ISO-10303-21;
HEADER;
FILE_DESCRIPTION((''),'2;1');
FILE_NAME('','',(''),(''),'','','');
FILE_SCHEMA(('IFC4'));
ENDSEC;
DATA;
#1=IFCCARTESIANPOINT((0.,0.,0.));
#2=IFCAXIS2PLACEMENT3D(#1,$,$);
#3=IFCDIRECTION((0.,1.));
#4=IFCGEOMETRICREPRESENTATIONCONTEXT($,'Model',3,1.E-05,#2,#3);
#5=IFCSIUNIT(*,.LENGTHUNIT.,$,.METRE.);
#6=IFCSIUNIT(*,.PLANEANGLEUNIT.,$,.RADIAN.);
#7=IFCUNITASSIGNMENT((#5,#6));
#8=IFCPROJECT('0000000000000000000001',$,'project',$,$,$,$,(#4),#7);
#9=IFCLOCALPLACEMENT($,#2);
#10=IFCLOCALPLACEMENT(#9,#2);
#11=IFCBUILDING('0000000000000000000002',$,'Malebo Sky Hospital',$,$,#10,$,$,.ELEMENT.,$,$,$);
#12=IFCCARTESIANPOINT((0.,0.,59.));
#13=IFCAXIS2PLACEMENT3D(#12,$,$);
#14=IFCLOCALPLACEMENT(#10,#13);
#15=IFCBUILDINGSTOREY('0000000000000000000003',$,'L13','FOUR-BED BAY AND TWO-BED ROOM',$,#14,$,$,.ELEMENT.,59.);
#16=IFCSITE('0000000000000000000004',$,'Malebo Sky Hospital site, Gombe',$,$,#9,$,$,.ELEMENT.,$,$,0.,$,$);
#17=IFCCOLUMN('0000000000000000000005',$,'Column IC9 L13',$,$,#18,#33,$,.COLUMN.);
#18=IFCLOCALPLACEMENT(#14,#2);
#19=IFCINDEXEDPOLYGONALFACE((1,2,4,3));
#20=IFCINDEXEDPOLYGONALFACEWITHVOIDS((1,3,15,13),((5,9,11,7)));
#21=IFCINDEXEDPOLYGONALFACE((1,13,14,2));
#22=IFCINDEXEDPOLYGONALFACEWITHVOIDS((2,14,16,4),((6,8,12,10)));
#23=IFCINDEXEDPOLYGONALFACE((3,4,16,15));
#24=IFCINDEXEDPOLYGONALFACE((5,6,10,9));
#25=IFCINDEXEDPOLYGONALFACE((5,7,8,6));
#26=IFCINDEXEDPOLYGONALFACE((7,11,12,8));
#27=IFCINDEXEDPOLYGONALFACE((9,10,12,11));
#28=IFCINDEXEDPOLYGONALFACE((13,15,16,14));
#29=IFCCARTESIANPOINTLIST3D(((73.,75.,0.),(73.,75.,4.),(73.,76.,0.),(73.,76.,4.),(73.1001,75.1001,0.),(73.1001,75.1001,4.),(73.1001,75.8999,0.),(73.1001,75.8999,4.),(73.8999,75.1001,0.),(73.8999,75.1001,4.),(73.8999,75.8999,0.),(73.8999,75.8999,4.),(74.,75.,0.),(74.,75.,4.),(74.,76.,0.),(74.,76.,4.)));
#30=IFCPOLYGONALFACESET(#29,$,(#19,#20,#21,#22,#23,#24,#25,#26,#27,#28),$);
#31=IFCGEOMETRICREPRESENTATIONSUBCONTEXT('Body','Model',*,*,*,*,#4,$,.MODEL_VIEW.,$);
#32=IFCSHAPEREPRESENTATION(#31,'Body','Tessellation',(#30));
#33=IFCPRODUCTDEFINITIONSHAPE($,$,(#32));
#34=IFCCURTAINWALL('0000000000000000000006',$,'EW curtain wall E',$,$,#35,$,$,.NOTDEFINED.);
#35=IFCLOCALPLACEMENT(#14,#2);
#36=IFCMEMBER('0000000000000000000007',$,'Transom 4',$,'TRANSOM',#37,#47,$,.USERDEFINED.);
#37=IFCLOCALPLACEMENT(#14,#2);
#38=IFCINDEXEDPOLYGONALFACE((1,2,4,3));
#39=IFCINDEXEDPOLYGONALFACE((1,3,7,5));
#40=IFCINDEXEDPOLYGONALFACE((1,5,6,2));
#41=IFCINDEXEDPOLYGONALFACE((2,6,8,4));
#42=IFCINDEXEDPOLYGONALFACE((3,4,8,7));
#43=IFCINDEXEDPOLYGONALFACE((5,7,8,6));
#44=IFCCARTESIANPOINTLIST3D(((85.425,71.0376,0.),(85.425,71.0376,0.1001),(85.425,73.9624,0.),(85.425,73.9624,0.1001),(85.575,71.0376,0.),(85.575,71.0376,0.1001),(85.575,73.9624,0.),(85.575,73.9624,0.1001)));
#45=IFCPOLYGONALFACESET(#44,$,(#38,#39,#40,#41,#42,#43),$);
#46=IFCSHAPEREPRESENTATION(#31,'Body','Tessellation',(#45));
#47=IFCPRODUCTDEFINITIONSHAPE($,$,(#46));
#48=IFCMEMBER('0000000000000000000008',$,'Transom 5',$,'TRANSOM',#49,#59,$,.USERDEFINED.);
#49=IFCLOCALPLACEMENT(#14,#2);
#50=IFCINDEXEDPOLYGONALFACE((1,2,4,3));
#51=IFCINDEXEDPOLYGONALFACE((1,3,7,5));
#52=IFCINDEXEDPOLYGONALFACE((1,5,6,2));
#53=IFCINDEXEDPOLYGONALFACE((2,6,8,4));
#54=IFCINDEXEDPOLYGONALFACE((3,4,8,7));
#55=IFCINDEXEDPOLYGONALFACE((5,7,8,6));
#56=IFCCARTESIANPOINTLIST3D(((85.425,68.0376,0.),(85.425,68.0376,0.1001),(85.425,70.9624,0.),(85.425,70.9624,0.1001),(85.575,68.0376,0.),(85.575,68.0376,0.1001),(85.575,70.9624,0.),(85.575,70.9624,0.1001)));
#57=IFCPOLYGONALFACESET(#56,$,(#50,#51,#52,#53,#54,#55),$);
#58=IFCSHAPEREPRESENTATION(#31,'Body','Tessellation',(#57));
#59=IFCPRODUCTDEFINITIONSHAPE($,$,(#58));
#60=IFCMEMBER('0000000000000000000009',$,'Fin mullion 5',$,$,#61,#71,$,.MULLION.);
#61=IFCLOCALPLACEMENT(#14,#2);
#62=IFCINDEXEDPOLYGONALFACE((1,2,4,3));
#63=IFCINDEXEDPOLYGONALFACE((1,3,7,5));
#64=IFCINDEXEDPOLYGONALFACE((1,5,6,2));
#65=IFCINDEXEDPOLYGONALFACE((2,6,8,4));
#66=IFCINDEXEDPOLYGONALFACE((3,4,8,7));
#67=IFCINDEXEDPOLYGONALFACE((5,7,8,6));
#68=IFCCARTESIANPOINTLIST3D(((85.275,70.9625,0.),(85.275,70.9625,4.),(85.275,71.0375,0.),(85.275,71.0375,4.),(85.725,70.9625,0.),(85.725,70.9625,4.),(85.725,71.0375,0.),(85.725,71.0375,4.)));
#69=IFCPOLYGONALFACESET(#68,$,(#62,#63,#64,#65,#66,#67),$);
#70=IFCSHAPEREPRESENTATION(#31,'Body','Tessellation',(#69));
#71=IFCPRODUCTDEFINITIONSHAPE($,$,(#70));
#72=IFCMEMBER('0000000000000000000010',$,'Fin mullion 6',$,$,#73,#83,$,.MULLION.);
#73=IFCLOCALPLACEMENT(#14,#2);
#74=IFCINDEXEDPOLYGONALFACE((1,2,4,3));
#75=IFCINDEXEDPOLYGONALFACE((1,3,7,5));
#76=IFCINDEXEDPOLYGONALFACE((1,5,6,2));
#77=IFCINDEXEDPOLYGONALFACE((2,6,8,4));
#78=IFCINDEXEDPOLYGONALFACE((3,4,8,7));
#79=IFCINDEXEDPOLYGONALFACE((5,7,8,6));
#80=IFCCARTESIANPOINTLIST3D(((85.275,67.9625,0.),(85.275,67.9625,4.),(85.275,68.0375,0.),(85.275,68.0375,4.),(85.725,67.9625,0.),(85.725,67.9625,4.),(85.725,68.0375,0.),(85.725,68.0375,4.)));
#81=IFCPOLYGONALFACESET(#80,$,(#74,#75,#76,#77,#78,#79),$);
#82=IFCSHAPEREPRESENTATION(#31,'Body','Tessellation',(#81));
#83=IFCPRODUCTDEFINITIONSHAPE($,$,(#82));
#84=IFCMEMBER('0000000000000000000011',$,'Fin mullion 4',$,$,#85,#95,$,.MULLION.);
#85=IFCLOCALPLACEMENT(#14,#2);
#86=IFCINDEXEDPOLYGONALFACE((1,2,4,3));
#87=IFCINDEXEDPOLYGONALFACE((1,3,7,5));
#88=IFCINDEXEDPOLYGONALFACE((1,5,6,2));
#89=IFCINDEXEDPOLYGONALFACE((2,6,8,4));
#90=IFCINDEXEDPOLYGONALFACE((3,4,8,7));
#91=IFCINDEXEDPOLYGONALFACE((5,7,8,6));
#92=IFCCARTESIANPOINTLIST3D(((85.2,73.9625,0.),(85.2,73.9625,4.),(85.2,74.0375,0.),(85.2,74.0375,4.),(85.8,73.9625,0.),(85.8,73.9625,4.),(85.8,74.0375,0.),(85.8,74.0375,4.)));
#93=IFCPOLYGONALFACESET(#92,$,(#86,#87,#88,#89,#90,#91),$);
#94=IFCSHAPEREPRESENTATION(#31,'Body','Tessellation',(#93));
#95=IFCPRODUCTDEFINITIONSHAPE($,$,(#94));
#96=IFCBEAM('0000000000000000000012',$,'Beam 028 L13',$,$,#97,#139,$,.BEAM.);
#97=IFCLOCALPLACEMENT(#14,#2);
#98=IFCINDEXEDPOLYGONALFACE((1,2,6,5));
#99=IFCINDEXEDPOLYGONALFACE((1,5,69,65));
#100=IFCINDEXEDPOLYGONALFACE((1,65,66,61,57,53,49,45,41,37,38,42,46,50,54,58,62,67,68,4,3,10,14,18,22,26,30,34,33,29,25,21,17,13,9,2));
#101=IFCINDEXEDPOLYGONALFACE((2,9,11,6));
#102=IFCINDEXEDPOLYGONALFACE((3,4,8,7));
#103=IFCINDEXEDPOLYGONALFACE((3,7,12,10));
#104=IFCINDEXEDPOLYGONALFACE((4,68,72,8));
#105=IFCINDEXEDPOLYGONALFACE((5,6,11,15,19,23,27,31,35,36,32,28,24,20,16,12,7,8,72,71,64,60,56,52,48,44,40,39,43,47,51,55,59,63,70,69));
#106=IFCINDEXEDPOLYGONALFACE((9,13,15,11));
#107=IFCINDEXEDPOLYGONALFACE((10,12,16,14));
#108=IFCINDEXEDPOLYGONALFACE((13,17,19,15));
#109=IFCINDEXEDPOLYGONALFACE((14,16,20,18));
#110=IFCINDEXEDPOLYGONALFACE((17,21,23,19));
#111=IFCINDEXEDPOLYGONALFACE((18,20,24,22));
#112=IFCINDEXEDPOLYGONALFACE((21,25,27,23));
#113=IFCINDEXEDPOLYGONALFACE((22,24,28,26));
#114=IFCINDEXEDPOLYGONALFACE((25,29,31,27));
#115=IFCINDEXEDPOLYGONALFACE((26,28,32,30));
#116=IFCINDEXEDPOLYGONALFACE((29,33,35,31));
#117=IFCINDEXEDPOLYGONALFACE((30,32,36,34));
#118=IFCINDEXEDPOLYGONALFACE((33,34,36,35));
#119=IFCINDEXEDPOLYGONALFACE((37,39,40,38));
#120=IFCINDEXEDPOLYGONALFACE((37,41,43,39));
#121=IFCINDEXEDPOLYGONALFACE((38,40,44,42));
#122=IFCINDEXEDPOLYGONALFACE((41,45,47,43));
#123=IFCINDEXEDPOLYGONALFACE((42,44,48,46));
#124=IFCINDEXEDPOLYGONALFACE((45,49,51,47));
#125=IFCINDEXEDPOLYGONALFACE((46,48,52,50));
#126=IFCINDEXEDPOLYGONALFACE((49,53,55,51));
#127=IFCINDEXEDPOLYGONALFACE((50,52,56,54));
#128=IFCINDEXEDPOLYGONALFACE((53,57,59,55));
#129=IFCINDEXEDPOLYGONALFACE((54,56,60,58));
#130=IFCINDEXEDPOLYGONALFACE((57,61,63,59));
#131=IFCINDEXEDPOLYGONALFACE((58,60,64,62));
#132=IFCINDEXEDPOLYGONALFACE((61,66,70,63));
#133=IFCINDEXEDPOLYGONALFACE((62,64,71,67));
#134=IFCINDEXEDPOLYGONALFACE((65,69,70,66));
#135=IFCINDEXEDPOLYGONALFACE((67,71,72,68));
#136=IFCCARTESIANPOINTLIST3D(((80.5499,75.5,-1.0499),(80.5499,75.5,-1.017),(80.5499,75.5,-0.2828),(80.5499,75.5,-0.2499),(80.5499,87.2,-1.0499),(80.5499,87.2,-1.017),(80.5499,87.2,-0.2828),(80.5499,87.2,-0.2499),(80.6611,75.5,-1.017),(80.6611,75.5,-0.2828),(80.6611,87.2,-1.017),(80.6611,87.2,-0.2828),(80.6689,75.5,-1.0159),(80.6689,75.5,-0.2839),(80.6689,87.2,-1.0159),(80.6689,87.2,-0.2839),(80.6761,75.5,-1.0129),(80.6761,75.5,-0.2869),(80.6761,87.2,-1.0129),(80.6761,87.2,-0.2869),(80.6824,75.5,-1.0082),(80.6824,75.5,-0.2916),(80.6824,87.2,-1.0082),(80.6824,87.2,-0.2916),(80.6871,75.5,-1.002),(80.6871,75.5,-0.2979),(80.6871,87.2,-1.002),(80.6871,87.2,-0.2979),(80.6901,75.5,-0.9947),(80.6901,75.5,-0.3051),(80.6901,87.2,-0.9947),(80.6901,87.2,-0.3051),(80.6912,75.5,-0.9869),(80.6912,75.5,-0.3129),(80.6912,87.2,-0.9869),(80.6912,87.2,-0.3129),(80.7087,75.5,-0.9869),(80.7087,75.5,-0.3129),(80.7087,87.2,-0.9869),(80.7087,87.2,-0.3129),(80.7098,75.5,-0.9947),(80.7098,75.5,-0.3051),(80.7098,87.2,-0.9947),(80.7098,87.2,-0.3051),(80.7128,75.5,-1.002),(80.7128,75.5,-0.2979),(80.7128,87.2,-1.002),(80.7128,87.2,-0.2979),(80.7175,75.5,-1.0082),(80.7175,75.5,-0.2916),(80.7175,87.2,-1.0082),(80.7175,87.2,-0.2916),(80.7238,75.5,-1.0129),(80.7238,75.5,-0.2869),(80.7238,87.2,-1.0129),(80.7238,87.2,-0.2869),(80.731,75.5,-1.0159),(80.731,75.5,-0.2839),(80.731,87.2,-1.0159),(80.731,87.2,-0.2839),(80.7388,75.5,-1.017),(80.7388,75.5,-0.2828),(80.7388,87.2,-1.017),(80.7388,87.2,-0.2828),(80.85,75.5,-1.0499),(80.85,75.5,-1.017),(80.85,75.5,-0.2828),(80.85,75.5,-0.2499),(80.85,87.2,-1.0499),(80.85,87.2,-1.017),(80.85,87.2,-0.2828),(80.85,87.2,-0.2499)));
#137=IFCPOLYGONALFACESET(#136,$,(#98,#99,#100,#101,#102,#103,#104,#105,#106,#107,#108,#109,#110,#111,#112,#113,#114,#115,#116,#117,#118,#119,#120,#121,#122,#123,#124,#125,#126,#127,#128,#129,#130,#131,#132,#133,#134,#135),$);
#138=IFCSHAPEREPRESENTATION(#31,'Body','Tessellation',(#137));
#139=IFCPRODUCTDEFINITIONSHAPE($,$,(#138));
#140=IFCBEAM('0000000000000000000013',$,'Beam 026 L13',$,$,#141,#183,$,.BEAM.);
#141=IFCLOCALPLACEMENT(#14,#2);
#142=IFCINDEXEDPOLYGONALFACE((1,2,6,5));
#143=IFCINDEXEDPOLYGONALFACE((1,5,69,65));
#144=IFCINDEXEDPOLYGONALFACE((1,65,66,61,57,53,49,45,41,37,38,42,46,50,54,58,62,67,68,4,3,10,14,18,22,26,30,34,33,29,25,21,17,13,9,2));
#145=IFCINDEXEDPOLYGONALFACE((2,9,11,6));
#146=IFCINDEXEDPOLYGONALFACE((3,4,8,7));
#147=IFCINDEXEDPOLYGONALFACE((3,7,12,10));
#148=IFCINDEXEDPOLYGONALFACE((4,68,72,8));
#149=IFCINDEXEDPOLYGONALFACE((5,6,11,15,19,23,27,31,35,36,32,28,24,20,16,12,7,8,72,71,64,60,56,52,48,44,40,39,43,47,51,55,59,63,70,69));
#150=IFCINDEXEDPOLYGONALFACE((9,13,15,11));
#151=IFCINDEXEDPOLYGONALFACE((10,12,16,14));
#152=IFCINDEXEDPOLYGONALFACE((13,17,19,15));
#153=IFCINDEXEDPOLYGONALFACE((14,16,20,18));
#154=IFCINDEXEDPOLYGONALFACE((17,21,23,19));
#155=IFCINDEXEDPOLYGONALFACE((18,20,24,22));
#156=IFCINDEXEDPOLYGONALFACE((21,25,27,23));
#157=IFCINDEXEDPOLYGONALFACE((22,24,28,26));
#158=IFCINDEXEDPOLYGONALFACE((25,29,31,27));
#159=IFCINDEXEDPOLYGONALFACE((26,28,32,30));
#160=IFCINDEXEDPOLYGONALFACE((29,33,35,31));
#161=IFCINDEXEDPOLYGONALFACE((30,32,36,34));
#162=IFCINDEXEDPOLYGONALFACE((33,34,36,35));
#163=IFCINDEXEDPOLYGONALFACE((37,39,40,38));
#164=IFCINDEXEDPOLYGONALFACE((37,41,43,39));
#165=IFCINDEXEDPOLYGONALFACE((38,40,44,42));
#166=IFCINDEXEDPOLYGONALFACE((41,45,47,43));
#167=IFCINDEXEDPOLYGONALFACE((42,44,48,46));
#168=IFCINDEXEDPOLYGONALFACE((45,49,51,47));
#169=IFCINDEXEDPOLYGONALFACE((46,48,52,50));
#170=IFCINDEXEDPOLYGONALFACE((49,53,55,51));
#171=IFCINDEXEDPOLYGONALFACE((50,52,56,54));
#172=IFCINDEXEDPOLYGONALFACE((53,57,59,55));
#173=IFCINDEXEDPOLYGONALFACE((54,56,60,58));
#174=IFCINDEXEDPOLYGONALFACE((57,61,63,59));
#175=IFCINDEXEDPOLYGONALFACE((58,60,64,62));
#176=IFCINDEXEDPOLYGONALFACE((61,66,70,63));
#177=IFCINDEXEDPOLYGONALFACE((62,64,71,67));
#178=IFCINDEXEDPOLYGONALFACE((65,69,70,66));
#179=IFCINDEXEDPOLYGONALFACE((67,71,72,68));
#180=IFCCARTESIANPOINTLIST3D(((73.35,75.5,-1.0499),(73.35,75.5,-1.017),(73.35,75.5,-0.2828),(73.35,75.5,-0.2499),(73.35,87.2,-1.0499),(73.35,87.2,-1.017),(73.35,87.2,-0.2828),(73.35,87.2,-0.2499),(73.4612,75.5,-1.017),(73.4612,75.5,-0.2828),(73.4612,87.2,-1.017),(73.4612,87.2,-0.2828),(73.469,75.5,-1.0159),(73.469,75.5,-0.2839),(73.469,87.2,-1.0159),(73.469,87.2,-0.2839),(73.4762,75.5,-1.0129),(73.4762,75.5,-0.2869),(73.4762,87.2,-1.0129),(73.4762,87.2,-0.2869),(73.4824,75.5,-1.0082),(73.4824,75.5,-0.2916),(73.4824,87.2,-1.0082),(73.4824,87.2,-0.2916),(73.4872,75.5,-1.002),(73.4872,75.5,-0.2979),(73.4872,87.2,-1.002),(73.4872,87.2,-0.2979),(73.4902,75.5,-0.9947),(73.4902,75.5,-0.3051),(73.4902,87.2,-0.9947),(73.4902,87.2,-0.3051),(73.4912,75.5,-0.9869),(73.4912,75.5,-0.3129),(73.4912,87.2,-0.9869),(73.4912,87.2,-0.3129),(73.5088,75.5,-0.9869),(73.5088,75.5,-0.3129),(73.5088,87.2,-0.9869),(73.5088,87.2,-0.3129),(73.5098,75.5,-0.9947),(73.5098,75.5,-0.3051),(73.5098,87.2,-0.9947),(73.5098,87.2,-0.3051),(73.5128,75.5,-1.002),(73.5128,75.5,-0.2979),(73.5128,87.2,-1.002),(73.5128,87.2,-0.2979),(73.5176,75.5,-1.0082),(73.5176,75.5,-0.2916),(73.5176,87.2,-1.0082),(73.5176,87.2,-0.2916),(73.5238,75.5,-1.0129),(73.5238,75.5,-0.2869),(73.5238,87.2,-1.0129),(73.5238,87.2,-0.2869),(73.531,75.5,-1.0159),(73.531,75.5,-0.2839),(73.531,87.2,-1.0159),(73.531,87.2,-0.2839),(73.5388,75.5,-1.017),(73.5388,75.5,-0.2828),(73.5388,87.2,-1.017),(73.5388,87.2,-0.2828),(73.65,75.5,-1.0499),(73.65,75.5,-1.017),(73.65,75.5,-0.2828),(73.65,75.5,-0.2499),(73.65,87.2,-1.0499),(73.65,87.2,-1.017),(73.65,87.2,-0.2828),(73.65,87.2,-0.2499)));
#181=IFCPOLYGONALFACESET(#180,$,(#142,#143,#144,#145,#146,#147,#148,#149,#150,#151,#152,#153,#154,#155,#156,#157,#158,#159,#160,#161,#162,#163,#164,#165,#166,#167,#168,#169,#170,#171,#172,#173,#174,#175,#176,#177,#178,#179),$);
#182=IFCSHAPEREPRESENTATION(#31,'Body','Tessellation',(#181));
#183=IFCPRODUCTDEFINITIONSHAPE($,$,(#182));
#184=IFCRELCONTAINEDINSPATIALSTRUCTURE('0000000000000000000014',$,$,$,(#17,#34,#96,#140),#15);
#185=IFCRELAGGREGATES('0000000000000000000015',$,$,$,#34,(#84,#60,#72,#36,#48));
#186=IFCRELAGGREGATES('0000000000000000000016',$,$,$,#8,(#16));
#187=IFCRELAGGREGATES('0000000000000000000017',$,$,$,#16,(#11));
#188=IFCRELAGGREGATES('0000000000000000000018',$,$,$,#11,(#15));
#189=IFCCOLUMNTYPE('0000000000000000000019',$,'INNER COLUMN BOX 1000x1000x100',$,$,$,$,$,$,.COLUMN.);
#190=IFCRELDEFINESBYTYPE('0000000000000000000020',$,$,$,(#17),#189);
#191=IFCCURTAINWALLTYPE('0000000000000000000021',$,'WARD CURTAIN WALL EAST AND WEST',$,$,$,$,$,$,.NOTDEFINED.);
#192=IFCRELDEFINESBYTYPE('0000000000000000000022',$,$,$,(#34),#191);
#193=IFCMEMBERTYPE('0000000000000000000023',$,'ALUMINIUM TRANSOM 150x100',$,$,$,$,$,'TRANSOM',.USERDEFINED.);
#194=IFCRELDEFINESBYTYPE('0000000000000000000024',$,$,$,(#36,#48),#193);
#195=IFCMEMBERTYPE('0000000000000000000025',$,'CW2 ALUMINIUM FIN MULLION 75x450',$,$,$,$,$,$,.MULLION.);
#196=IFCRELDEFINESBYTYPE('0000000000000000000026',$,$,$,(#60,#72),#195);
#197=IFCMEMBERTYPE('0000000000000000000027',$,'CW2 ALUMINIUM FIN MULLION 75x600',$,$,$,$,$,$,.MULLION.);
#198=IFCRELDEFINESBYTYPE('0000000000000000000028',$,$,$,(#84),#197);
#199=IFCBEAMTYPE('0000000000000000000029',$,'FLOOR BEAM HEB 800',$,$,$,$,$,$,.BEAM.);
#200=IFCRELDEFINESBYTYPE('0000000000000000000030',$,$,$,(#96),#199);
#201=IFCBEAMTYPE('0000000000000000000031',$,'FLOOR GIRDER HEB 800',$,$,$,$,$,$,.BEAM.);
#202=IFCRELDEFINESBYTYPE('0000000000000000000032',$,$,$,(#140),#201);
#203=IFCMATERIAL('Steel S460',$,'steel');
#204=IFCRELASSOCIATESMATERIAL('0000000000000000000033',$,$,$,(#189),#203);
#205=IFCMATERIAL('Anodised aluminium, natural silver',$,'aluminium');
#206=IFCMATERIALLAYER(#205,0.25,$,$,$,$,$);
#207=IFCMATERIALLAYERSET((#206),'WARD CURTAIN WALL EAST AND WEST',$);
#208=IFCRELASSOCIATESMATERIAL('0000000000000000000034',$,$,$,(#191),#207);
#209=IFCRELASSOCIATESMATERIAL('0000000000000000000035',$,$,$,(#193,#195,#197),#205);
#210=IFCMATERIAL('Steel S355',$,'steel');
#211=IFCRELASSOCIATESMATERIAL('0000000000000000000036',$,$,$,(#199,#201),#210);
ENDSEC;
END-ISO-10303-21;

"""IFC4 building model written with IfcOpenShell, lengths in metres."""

from ifc_helpers import new_model, si_unit, direction, frame, origin, origin_2d, place, context, subcontext, project, spatial, rectangle, hollow_rectangle, i_section, extrude, material, layer, layer_set, material_profile, profile_set, type_object, element, aggregate, save


model = new_model("IFC4")

# Units and contexts
model_context = context("Model", 3, precision=1e-05, world=origin(), true_north=direction((0.0, 1.0)))
body_context = subcontext(model_context, "Body", "Model", "MODEL_VIEW")
ifc_project = project(units=[si_unit("LENGTHUNIT", "METRE"), si_unit("PLANEANGLEUNIT", "RADIAN")], contexts=[model_context])

# Site, building, storey
site_placement = place(None, origin())
site = spatial("IfcSite", under=ifc_project, at=site_placement, Name="Malebo Sky Hospital site, Gombe", CompositionType="ELEMENT", RefElevation=0.0)
building_placement = place(site_placement, origin())
building = spatial("IfcBuilding", under=site, at=building_placement, Name="Malebo Sky Hospital", CompositionType="ELEMENT")
storey_placement = place(building_placement, frame((0.0, 0.0, 59.0)))
storey = spatial("IfcBuildingStorey", under=building, at=storey_placement, Name="L13", Description="FOUR-BED BAY AND TWO-BED ROOM", CompositionType="ELEMENT", Elevation=59.0)

# Column
ifc_material_1 = material(Name="Steel S460", Category="steel")
ifc_material_profile_1 = material_profile(ifc_material_1, hollow_rectangle(XDim=1.0, YDim=1.0, WallThickness=0.1001, at=origin_2d()), Name="BOX 1000x1000x100")
ifc_profile_set_1 = profile_set([ifc_material_profile_1], Name="Steel S460")
column_type = type_object("IfcColumnType", Name="INNER COLUMN BOX 1000x1000x100", PredefinedType="COLUMN", material=ifc_profile_set_1)
column_placement = place(storey_placement, frame((73.5, 75.5, 0.0), z_axis=(0.0, 0.0, 1.0), x_axis=(1.0, 0.0, 0.0)))
element("IfcColumn", 1, at=column_placement, inside=storey, type_object=column_type, Name="Column IC9 L13", PredefinedType="COLUMN", context=body_context, shape_type="SweptSolid", body=[
    extrude(hollow_rectangle(XDim=1.0, YDim=1.0, WallThickness=0.1001, at=origin_2d()), origin(), (0.0, 0.0, 1.0), 4.0),
])

# Curtain wall, members
ifc_material_2 = material(Name="Anodised aluminium, natural silver", Category="aluminium")
ifc_layer_1 = layer(ifc_material_2, 0.25)
ifc_layer_set_1 = layer_set([ifc_layer_1], Name="WARD CURTAIN WALL EAST AND WEST")
curtain_wall_type = type_object("IfcCurtainWallType", Name="WARD CURTAIN WALL EAST AND WEST", PredefinedType="NOTDEFINED", material=ifc_layer_set_1)
curtain_wall_placement = place(storey_placement, origin())
curtain_wall = element("IfcCurtainWall", 2, at=curtain_wall_placement, inside=storey, type_object=curtain_wall_type, Name="EW curtain wall E", PredefinedType="NOTDEFINED")
ifc_material_profile_2 = material_profile(ifc_material_2, rectangle(XDim=0.1499, YDim=0.1001, at=origin_2d()), Name="ALUMINIUM TRANSOM 150x100")
ifc_profile_set_2 = profile_set([ifc_material_profile_2], Name="Anodised aluminium, natural silver")
member_type_1 = type_object("IfcMemberType", Name="ALUMINIUM TRANSOM 150x100", ElementType="TRANSOM", PredefinedType="USERDEFINED", material=ifc_profile_set_2)
member_1_placement = place(storey_placement, frame((85.5, 73.9624, 0.05), z_axis=(0.0, -1.0, 0.0), x_axis=(1.0, 0.0, 0.0)))
member_1 = element("IfcMember", 3, at=member_1_placement, type_object=member_type_1, Name="Transom 4", ObjectType="TRANSOM", PredefinedType="USERDEFINED", context=body_context, shape_type="SweptSolid", body=[
    extrude(rectangle(XDim=0.1499, YDim=0.1001, at=origin_2d()), origin(), (0.0, 0.0, 1.0), 2.9248),
])
member_2_placement = place(storey_placement, frame((85.5, 70.9624, 0.05), z_axis=(0.0, -1.0, 0.0), x_axis=(1.0, 0.0, 0.0)))
member_2 = element("IfcMember", 4, at=member_2_placement, type_object=member_type_1, Name="Transom 5", ObjectType="TRANSOM", PredefinedType="USERDEFINED", context=body_context, shape_type="SweptSolid", body=[
    extrude(rectangle(XDim=0.1499, YDim=0.1001, at=origin_2d()), origin(), (0.0, 0.0, 1.0), 2.9248),
])
ifc_material_profile_3 = material_profile(ifc_material_2, rectangle(XDim=0.075, YDim=0.45, at=origin_2d()), Name="CW2 ALUMINIUM FIN MULLION 75x450")
ifc_profile_set_3 = profile_set([ifc_material_profile_3], Name="Anodised aluminium, natural silver")
member_type_2 = type_object("IfcMemberType", Name="CW2 ALUMINIUM FIN MULLION 75x450", PredefinedType="MULLION", material=ifc_profile_set_3)
member_3_placement = place(storey_placement, frame((85.5, 71.0, 0.0), z_axis=(0.0, 0.0, 1.0), x_axis=(0.0, -1.0, 0.0)))
member_3 = element("IfcMember", 5, at=member_3_placement, type_object=member_type_2, Name="Fin mullion 5", PredefinedType="MULLION", context=body_context, shape_type="SweptSolid", body=[
    extrude(rectangle(XDim=0.075, YDim=0.45, at=origin_2d()), origin(), (0.0, 0.0, 1.0), 4.0),
])
member_4_placement = place(storey_placement, frame((85.5, 68.0, 0.0), z_axis=(0.0, 0.0, 1.0), x_axis=(0.0, -1.0, 0.0)))
member_4 = element("IfcMember", 6, at=member_4_placement, type_object=member_type_2, Name="Fin mullion 6", PredefinedType="MULLION", context=body_context, shape_type="SweptSolid", body=[
    extrude(rectangle(XDim=0.075, YDim=0.45, at=origin_2d()), origin(), (0.0, 0.0, 1.0), 4.0),
])
ifc_material_profile_4 = material_profile(ifc_material_2, rectangle(XDim=0.075, YDim=0.6001, at=origin_2d()), Name="CW2 ALUMINIUM FIN MULLION 75x600")
ifc_profile_set_4 = profile_set([ifc_material_profile_4], Name="Anodised aluminium, natural silver")
member_type_3 = type_object("IfcMemberType", Name="CW2 ALUMINIUM FIN MULLION 75x600", PredefinedType="MULLION", material=ifc_profile_set_4)
member_5_placement = place(storey_placement, frame((85.5, 74.0, 0.0), z_axis=(0.0, 0.0, 1.0), x_axis=(0.0, -1.0, 0.0)))
member_5 = element("IfcMember", 7, at=member_5_placement, type_object=member_type_3, Name="Fin mullion 4", PredefinedType="MULLION", context=body_context, shape_type="SweptSolid", body=[
    extrude(rectangle(XDim=0.075, YDim=0.6001, at=origin_2d()), origin(), (0.0, 0.0, 1.0), 4.0),
])

# Beams
ifc_material_3 = material(Name="Steel S355", Category="steel")
ifc_material_profile_5 = material_profile(ifc_material_3, i_section(OverallWidth=0.3, OverallDepth=0.8, WebThickness=0.0176, FlangeThickness=0.033, FilletRadius=0.03, at=origin_2d()), Name="HEB 800")
ifc_profile_set_5 = profile_set([ifc_material_profile_5], Name="Steel S355")
beam_type_1 = type_object("IfcBeamType", Name="FLOOR BEAM HEB 800", PredefinedType="BEAM", material=ifc_profile_set_5)
beam_placement = place(storey_placement, frame((80.7, 75.5, -0.6499), z_axis=(0.0, 1.0, 0.0), x_axis=(-1.0, 0.0, 0.0)))
element("IfcBeam", 8, at=beam_placement, inside=storey, type_object=beam_type_1, Name="Beam 028 L13", PredefinedType="BEAM", context=body_context, shape_type="SweptSolid", body=[
    extrude(i_section(OverallWidth=0.3, OverallDepth=0.8, WebThickness=0.0176, FlangeThickness=0.033, FilletRadius=0.03, at=origin_2d()), origin(), (0.0, 0.0, 1.0), 11.7),
])
ifc_material_profile_6 = material_profile(ifc_material_3, i_section(OverallWidth=0.3, OverallDepth=0.8, WebThickness=0.0176, FlangeThickness=0.033, FilletRadius=0.03, at=origin_2d()), Name="HEB 800")
ifc_profile_set_6 = profile_set([ifc_material_profile_6], Name="Steel S355")
beam_type_2 = type_object("IfcBeamType", Name="FLOOR GIRDER HEB 800", PredefinedType="BEAM", material=ifc_profile_set_6)
for number, where, z_axis, x_axis, name in (
    (9, (73.5, 75.5, -0.6499), (0.0, 1.0, 0.0), (-1.0, 0.0, 0.0), "Beam 026 L13"),
):
    element("IfcBeam", number, at=place(storey_placement, frame(where, z_axis=z_axis, x_axis=x_axis)), inside=storey, type_object=beam_type_2, Name=name, PredefinedType="BEAM", context=body_context, shape_type="SweptSolid", body=[
        extrude(i_section(OverallWidth=0.3, OverallDepth=0.8, WebThickness=0.0176, FlangeThickness=0.033, FilletRadius=0.03, at=origin_2d()), origin(), (0.0, 0.0, 1.0), 11.7),
    ])

aggregate(curtain_wall, [member_5, member_3, member_4, member_1, member_2])

save(model, "model.ifc")
